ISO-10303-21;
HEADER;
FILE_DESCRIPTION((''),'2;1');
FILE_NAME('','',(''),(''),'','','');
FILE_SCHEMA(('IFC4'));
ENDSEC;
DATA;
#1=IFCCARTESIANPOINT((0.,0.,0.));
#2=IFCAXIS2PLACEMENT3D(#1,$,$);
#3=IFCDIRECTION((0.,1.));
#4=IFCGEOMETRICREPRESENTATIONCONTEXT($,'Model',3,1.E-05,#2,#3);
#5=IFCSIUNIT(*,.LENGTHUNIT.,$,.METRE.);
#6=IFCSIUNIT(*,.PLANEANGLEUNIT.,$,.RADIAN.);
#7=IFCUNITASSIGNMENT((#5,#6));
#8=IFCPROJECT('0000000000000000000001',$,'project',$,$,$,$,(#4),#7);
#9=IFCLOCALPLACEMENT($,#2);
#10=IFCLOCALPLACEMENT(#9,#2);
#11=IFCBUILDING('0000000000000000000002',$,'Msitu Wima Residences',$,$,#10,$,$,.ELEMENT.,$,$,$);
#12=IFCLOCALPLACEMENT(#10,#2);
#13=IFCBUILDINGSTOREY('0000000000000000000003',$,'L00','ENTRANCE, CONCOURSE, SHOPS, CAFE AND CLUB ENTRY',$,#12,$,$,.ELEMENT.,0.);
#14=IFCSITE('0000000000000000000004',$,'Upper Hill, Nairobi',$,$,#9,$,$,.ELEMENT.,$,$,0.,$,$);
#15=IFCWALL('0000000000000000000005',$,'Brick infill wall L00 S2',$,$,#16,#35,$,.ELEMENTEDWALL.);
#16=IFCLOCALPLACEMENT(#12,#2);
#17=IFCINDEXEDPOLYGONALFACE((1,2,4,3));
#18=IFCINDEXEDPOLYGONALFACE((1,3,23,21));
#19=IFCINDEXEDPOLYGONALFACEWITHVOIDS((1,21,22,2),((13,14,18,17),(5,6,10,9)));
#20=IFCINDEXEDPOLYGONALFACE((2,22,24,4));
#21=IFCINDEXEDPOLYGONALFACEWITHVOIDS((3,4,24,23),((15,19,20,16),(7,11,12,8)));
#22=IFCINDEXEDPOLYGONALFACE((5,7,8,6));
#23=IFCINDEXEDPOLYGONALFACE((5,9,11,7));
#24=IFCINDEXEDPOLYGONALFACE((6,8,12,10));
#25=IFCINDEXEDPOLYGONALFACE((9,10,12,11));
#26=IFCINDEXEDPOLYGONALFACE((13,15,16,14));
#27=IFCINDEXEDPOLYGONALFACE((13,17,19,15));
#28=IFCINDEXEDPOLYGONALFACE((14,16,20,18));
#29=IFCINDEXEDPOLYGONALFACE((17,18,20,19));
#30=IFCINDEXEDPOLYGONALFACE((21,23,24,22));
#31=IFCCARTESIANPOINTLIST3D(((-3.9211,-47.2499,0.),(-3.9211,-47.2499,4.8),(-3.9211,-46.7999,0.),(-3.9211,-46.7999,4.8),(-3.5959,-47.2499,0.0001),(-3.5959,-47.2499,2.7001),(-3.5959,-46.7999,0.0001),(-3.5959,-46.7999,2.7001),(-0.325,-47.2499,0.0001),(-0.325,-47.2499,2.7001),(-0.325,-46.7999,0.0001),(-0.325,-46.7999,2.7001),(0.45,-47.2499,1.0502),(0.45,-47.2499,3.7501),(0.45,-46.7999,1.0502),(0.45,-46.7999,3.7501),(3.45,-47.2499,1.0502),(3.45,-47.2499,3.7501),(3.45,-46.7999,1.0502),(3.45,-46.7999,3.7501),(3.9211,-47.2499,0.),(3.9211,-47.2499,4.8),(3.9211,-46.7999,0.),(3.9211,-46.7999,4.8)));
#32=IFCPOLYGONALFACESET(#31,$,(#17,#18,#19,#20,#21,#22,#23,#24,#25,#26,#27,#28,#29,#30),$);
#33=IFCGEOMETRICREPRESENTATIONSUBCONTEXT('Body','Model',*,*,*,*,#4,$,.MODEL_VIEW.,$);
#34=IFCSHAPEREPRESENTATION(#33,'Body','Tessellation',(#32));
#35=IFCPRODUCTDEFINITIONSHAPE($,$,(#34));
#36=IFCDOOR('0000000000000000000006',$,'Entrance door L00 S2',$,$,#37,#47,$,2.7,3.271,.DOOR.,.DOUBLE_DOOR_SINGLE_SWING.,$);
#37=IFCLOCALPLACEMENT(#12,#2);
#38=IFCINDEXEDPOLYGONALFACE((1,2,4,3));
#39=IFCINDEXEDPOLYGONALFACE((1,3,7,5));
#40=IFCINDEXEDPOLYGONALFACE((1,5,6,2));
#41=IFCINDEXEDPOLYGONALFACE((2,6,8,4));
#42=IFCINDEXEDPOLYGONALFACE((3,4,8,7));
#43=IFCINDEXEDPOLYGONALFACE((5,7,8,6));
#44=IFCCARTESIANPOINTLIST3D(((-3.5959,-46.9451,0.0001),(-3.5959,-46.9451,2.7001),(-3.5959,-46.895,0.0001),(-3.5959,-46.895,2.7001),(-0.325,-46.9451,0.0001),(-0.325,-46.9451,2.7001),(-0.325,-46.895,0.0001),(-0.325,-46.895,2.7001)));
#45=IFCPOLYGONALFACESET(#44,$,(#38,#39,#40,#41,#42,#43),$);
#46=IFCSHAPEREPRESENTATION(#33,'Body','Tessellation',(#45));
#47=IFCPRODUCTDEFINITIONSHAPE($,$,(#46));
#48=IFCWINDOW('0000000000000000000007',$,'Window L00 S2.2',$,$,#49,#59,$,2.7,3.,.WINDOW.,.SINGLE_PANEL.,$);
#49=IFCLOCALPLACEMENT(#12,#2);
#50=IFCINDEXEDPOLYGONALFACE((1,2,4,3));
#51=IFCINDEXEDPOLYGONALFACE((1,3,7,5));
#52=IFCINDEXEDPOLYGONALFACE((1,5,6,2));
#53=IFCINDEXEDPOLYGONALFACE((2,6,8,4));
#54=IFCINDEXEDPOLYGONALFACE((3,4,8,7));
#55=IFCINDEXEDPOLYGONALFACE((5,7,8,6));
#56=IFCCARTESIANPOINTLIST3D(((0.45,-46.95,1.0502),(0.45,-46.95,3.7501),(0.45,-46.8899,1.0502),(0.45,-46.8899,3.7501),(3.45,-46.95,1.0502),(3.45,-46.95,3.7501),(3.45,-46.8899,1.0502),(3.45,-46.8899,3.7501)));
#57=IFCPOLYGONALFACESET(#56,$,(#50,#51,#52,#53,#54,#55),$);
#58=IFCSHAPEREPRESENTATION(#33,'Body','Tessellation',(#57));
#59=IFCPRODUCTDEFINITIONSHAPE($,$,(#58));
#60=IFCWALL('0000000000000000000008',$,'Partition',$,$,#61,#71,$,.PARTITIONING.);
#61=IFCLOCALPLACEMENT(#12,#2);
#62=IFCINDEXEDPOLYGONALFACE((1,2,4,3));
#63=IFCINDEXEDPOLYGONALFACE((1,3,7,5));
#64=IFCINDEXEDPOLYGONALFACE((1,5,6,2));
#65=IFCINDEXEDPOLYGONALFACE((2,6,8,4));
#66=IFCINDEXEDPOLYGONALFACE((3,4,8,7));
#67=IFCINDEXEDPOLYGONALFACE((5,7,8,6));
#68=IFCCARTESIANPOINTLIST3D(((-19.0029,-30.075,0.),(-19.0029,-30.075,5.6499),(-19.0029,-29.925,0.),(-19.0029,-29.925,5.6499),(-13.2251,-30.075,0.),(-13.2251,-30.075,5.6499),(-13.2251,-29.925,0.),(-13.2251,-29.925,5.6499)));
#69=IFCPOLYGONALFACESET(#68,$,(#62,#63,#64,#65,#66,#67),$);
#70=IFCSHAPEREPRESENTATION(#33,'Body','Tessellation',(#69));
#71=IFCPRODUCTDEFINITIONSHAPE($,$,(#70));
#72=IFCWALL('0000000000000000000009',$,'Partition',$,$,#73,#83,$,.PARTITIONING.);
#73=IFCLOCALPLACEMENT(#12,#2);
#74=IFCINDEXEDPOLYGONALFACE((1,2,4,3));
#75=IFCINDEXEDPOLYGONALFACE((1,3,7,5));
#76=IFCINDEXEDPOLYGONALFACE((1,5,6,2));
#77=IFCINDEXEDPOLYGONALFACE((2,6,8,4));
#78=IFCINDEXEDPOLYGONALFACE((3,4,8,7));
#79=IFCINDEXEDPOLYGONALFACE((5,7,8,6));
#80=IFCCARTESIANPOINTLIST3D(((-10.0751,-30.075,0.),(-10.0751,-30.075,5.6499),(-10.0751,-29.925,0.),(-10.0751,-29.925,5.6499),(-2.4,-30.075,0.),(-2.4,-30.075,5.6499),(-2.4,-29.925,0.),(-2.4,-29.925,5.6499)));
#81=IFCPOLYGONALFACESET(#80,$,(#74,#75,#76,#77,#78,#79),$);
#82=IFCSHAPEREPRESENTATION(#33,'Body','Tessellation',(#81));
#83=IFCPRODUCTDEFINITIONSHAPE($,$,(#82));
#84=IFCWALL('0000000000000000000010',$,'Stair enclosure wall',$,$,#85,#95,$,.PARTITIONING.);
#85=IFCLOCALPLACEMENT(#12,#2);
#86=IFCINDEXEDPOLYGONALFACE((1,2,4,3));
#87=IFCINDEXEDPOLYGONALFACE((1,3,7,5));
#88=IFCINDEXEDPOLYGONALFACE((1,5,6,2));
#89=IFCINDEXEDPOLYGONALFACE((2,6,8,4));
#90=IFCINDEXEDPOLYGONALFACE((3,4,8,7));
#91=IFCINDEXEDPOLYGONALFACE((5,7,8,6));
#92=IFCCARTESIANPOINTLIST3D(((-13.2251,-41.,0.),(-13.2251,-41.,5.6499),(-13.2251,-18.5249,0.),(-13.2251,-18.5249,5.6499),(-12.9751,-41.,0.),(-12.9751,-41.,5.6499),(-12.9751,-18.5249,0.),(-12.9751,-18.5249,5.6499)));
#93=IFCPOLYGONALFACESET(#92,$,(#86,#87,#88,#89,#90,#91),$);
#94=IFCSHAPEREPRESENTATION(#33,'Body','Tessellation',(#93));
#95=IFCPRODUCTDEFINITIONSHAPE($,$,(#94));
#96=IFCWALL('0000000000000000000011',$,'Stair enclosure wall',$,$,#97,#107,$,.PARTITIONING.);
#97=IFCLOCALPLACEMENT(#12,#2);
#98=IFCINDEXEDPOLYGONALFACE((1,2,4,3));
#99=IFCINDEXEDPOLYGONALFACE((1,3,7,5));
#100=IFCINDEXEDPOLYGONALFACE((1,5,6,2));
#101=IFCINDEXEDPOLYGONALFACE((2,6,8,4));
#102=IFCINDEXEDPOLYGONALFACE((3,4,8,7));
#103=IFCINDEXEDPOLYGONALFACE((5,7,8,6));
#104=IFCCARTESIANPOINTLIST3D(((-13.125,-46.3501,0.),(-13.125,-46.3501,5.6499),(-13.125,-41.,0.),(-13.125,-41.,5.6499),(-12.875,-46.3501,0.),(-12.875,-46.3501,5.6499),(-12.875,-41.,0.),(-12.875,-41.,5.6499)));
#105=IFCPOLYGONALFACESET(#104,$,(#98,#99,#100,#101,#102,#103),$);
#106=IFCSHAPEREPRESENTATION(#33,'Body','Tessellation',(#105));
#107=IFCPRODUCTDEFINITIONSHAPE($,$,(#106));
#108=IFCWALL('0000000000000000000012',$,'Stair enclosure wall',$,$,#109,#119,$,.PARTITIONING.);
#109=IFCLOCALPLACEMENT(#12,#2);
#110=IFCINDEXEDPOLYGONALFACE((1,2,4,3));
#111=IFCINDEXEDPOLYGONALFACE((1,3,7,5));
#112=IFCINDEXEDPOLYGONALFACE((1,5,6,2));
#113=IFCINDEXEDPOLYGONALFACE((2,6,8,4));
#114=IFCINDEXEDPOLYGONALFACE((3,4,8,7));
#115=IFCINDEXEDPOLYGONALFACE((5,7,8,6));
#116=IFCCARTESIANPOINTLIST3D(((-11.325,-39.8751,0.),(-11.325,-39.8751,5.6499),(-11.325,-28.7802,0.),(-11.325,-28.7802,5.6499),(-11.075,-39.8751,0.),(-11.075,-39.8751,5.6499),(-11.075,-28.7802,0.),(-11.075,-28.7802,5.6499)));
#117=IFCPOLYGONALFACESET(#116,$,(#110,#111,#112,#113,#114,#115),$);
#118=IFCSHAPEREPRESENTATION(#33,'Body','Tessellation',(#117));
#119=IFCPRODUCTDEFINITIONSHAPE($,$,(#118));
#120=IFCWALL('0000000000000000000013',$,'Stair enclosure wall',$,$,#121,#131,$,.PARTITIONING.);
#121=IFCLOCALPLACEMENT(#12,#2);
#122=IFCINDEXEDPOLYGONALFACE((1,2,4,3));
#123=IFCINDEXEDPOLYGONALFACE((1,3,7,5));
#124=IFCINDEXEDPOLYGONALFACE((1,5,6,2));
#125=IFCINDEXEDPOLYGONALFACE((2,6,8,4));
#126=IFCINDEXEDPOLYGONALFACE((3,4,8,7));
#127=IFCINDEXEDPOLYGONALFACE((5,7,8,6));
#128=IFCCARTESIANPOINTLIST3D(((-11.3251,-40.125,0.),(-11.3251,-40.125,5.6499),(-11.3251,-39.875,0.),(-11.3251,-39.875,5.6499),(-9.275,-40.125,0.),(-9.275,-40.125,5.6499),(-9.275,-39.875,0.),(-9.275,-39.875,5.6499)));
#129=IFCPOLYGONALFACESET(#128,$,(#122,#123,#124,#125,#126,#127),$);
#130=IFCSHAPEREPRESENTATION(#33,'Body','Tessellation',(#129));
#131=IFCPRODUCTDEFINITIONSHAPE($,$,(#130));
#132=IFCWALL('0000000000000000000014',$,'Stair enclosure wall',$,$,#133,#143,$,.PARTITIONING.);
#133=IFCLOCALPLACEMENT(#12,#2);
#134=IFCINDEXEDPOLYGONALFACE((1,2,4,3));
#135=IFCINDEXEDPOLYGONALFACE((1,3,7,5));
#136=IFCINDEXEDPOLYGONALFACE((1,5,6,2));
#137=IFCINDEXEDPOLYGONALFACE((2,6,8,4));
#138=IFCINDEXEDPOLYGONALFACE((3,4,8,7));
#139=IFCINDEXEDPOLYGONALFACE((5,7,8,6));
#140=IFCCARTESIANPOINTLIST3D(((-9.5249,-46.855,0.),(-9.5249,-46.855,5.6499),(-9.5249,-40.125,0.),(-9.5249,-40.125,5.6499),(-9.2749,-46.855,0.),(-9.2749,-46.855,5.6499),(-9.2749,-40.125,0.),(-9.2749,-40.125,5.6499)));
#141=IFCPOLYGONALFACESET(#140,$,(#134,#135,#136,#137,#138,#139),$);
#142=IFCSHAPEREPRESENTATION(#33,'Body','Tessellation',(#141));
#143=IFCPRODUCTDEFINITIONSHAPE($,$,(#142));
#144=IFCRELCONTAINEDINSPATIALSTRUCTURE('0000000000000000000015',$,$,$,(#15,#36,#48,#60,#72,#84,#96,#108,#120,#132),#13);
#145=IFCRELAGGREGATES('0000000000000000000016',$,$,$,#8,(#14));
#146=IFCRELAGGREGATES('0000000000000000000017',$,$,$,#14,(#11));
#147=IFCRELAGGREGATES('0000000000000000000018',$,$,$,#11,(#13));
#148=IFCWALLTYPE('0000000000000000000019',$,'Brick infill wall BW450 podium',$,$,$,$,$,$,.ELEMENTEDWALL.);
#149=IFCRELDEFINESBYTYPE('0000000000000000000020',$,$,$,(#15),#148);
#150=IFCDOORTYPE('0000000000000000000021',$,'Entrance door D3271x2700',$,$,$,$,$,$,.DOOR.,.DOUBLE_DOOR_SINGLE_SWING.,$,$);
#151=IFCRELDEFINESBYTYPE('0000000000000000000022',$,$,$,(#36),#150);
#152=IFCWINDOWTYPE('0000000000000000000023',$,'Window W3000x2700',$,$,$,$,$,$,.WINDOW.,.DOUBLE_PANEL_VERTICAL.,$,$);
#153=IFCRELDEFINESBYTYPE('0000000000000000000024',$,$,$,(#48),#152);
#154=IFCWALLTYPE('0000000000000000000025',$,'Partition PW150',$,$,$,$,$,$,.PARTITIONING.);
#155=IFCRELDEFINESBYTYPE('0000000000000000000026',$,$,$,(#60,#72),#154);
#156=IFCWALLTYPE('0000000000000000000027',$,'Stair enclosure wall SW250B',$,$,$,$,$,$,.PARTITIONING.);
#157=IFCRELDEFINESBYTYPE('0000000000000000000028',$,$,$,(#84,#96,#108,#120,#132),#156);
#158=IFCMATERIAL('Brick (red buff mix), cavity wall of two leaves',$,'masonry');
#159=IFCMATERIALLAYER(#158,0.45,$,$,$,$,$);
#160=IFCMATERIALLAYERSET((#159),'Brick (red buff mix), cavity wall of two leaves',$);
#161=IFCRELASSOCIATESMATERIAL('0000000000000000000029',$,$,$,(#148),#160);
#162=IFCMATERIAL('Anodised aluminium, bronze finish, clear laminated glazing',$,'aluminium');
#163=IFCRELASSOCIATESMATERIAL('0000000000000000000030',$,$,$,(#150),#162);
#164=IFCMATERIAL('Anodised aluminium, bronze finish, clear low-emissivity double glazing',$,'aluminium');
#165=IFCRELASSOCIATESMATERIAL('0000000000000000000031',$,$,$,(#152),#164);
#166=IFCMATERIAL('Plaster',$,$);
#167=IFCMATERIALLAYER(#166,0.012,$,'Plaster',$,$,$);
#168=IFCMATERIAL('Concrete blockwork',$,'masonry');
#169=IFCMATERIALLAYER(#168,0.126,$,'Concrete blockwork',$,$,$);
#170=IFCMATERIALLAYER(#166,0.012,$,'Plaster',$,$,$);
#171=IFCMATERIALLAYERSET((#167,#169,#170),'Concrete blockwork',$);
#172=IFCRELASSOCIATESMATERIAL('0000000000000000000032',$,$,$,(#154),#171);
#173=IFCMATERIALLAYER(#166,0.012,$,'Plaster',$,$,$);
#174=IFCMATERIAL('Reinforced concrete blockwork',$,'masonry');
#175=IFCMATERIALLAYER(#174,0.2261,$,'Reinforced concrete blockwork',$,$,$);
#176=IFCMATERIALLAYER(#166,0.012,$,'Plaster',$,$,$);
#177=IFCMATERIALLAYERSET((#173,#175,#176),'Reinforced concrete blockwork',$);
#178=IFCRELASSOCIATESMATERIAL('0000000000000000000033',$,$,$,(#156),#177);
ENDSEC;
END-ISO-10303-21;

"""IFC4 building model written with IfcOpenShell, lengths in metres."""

from ifc_helpers import new_model, si_unit, direction, frame, frame_2d, origin, place, context, subcontext, project, spatial, rectangle, extrude, material, layer, layer_set, type_object, element, fill, save


model = new_model("IFC4")

# Units and contexts
model_context = context("Model", 3, precision=1e-05, world=origin(), true_north=direction((0.0, 1.0)))
body_context = subcontext(model_context, "Body", "Model", "MODEL_VIEW")
ifc_project = project(units=[si_unit("LENGTHUNIT", "METRE"), si_unit("PLANEANGLEUNIT", "RADIAN")], contexts=[model_context])

# Site, building, storey
site_placement = place(None, origin())
site = spatial("IfcSite", under=ifc_project, at=site_placement, Name="Upper Hill, Nairobi", CompositionType="ELEMENT", RefElevation=0.0)
building_placement = place(site_placement, origin())
building = spatial("IfcBuilding", under=site, at=building_placement, Name="Msitu Wima Residences", CompositionType="ELEMENT")
storey_placement = place(building_placement, origin())
storey = spatial("IfcBuildingStorey", under=building, at=storey_placement, Name="L00", Description="ENTRANCE, CONCOURSE, SHOPS, CAFE AND CLUB ENTRY", CompositionType="ELEMENT", Elevation=0.0)

# Shared definitions
ifc_material_1 = material(Name="Brick (red buff mix), cavity wall of two leaves", Category="masonry")
ifc_layer_1 = layer(ifc_material_1, 0.45)
ifc_layer_set_1 = layer_set([ifc_layer_1], Name="Brick (red buff mix), cavity wall of two leaves")
wall_type_1 = type_object("IfcWallType", Name="Brick infill wall BW450 podium", PredefinedType="ELEMENTEDWALL", material=ifc_layer_set_1)
ifc_material_2 = material(Name="Anodised aluminium, bronze finish, clear laminated glazing", Category="aluminium")
ifc_material_3 = material(Name="Anodised aluminium, bronze finish, clear low-emissivity double glazing", Category="aluminium")

# Wall, openings, door, window
wall_1_placement = place(storey_placement, frame((-3.9211, -47.0249, 0.0), z_axis=(0.0, 0.0, 1.0), x_axis=(1.0, 0.0, 0.0)))
wall_1 = element("IfcWall", 1, at=wall_1_placement, inside=storey, type_object=wall_type_1, Name="Brick infill wall L00 S2", PredefinedType="ELEMENTEDWALL", context=body_context, shape_type="SweptSolid", body=[
    extrude(rectangle(XDim=7.8423, YDim=0.45, at=frame_2d((3.9211, 0.0))), origin(), (0.0, 0.0, 1.0), 4.8),
])
opening_1_placement = place(wall_1_placement, frame((0.3252, 0.0, 0.0)))
opening_1 = element("IfcOpeningElement", 2, at=opening_1_placement, cuts=wall_1, PredefinedType="OPENING", context=body_context, shape_type="SweptSolid", body=[
    extrude(rectangle(XDim=3.271, YDim=2.7, at=frame_2d((1.6355, 1.3501))), frame((0.0, 0.2349, 0.0), z_axis=(0.0, -1.0, 0.0), x_axis=(1.0, 0.0, 0.0)), (0.0, 0.0, 1.0), 0.47),
])
opening_2_placement = place(wall_1_placement, frame((4.3711, 0.0, 1.05)))
opening_2 = element("IfcOpeningElement", 3, at=opening_2_placement, cuts=wall_1, PredefinedType="OPENING", context=body_context, shape_type="SweptSolid", body=[
    extrude(rectangle(XDim=3.0, YDim=2.7, at=frame_2d((1.5, 1.3501))), frame((0.0, 0.2349, 0.0), z_axis=(0.0, -1.0, 0.0), x_axis=(1.0, 0.0, 0.0)), (0.0, 0.0, 1.0), 0.47),
])
door_type_1 = type_object("IfcDoorType", Name="Entrance door D3271x2700", OperationType="DOUBLE_DOOR_SINGLE_SWING", PredefinedType="DOOR", material=ifc_material_2)
door_1_placement = place(opening_1_placement, frame((3.271, 0.0, 0.0), z_axis=(0.0, 0.0, 1.0), x_axis=(-1.0, 0.0, 0.0)))
door_1 = element("IfcDoor", 4, at=door_1_placement, inside=storey, type_object=door_type_1, Name="Entrance door L00 S2", OperationType="DOUBLE_DOOR_SINGLE_SWING", OverallHeight=2.7, OverallWidth=3.271, PredefinedType="DOOR", context=body_context, shape_type="SweptSolid", body=[
    extrude(rectangle(XDim=3.271, YDim=2.7, at=frame_2d((1.6355, 1.3501))), frame((0.0, -0.0798, 0.0), z_axis=(0.0, -1.0, 0.0), x_axis=(1.0, 0.0, 0.0)), (0.0, 0.0, 1.0), 0.05),
])
fill(opening_1, door_1)
window_type_1 = type_object("IfcWindowType", Name="Window W3000x2700", PartitioningType="DOUBLE_PANEL_VERTICAL", PredefinedType="WINDOW", material=ifc_material_3)
window_1_placement = place(opening_2_placement, origin())
window_1 = element("IfcWindow", 5, at=window_1_placement, inside=storey, type_object=window_type_1, Name="Window L00 S2.2", OverallHeight=2.7, OverallWidth=3.0, PartitioningType="SINGLE_PANEL", PredefinedType="WINDOW", context=body_context, shape_type="SweptSolid", body=[
    extrude(rectangle(XDim=3.0, YDim=2.7, at=frame_2d((1.5, 1.3501))), frame((0.0, 0.135, 0.0), z_axis=(0.0, -1.0, 0.0), x_axis=(1.0, 0.0, 0.0)), (0.0, 0.0, 1.0), 0.0601),
])
fill(opening_2, window_1)

# Walls
ifc_material_4 = material(Name="Plaster")
ifc_layer_2 = layer(ifc_material_4, 0.012, Name="Plaster")
ifc_material_5 = material(Name="Concrete blockwork", Category="masonry")
ifc_layer_3 = layer(ifc_material_5, 0.126, Name="Concrete blockwork")
ifc_layer_4 = layer(ifc_material_4, 0.012, Name="Plaster")
ifc_layer_set_2 = layer_set([ifc_layer_2, ifc_layer_3, ifc_layer_4], Name="Concrete blockwork")
wall_type_2 = type_object("IfcWallType", Name="Partition PW150", PredefinedType="PARTITIONING", material=ifc_layer_set_2)
wall_2_placement = place(storey_placement, frame((-19.0029, -30.0, 0.0), z_axis=(0.0, 0.0, 1.0), x_axis=(1.0, 0.0, 0.0)))
element("IfcWall", 6, at=wall_2_placement, inside=storey, type_object=wall_type_2, Name="Partition", PredefinedType="PARTITIONING", context=body_context, shape_type="SweptSolid", body=[
    extrude(rectangle(XDim=5.7778, YDim=0.1499, at=frame_2d((2.8889, 0.0))), origin(), (0.0, 0.0, 1.0), 5.6499),
])
wall_3_placement = place(storey_placement, frame((-10.075, -30.0, 0.0), z_axis=(0.0, 0.0, 1.0), x_axis=(1.0, 0.0, 0.0)))
element("IfcWall", 7, at=wall_3_placement, inside=storey, type_object=wall_type_2, Name="Partition", PredefinedType="PARTITIONING", context=body_context, shape_type="SweptSolid", body=[
    extrude(rectangle(XDim=7.675, YDim=0.1499, at=frame_2d((3.8374, 0.0))), origin(), (0.0, 0.0, 1.0), 5.6499),
])
ifc_layer_5 = layer(ifc_material_4, 0.012, Name="Plaster")
ifc_material_6 = material(Name="Reinforced concrete blockwork", Category="masonry")
ifc_layer_6 = layer(ifc_material_6, 0.2261, Name="Reinforced concrete blockwork")
ifc_layer_7 = layer(ifc_material_4, 0.012, Name="Plaster")
ifc_layer_set_3 = layer_set([ifc_layer_5, ifc_layer_6, ifc_layer_7], Name="Reinforced concrete blockwork")
wall_type_3 = type_object("IfcWallType", Name="Stair enclosure wall SW250B", PredefinedType="PARTITIONING", material=ifc_layer_set_3)
wall_4_placement = place(storey_placement, frame((-13.1001, -41.0, 0.0), z_axis=(0.0, 0.0, 1.0), x_axis=(0.0, 1.0, 0.0)))
element("IfcWall", 8, at=wall_4_placement, inside=storey, type_object=wall_type_3, Name="Stair enclosure wall", PredefinedType="PARTITIONING", context=body_context, shape_type="SweptSolid", body=[
    extrude(rectangle(XDim=22.4751, YDim=0.25, at=frame_2d((11.2375, 0.0))), origin(), (0.0, 0.0, 1.0), 5.6499),
])
wall_5_placement = place(storey_placement, frame((-13.0, -46.3501, 0.0), z_axis=(0.0, 0.0, 1.0), x_axis=(0.0, 1.0, 0.0)))
element("IfcWall", 9, at=wall_5_placement, inside=storey, type_object=wall_type_3, Name="Stair enclosure wall", PredefinedType="PARTITIONING", context=body_context, shape_type="SweptSolid", body=[
    extrude(rectangle(XDim=5.3501, YDim=0.25, at=frame_2d((2.675, 0.0))), origin(), (0.0, 0.0, 1.0), 5.6499),
])
wall_6_placement = place(storey_placement, frame((-11.2, -39.875, 0.0), z_axis=(0.0, 0.0, 1.0), x_axis=(0.0, 1.0, 0.0)))
element("IfcWall", 10, at=wall_6_placement, inside=storey, type_object=wall_type_3, Name="Stair enclosure wall", PredefinedType="PARTITIONING", context=body_context, shape_type="SweptSolid", body=[
    extrude(rectangle(XDim=11.095, YDim=0.25, at=frame_2d((5.5474, 0.0))), origin(), (0.0, 0.0, 1.0), 5.6499),
])
wall_7_placement = place(storey_placement, frame((-11.325, -40.0, 0.0), z_axis=(0.0, 0.0, 1.0), x_axis=(1.0, 0.0, 0.0)))
element("IfcWall", 11, at=wall_7_placement, inside=storey, type_object=wall_type_3, Name="Stair enclosure wall", PredefinedType="PARTITIONING", context=body_context, shape_type="SweptSolid", body=[
    extrude(rectangle(XDim=2.05, YDim=0.25, at=frame_2d((1.0249, 0.0))), origin(), (0.0, 0.0, 1.0), 5.6499),
])
wall_8_placement = place(storey_placement, frame((-9.3999, -46.855, 0.0), z_axis=(0.0, 0.0, 1.0), x_axis=(0.0, 1.0, 0.0)))
element("IfcWall", 12, at=wall_8_placement, inside=storey, type_object=wall_type_3, Name="Stair enclosure wall", PredefinedType="PARTITIONING", context=body_context, shape_type="SweptSolid", body=[
    extrude(rectangle(XDim=6.73, YDim=0.25, at=frame_2d((3.365, 0.0))), origin(), (0.0, 0.0, 1.0), 5.6499),
])

save(model, "model.ifc")
